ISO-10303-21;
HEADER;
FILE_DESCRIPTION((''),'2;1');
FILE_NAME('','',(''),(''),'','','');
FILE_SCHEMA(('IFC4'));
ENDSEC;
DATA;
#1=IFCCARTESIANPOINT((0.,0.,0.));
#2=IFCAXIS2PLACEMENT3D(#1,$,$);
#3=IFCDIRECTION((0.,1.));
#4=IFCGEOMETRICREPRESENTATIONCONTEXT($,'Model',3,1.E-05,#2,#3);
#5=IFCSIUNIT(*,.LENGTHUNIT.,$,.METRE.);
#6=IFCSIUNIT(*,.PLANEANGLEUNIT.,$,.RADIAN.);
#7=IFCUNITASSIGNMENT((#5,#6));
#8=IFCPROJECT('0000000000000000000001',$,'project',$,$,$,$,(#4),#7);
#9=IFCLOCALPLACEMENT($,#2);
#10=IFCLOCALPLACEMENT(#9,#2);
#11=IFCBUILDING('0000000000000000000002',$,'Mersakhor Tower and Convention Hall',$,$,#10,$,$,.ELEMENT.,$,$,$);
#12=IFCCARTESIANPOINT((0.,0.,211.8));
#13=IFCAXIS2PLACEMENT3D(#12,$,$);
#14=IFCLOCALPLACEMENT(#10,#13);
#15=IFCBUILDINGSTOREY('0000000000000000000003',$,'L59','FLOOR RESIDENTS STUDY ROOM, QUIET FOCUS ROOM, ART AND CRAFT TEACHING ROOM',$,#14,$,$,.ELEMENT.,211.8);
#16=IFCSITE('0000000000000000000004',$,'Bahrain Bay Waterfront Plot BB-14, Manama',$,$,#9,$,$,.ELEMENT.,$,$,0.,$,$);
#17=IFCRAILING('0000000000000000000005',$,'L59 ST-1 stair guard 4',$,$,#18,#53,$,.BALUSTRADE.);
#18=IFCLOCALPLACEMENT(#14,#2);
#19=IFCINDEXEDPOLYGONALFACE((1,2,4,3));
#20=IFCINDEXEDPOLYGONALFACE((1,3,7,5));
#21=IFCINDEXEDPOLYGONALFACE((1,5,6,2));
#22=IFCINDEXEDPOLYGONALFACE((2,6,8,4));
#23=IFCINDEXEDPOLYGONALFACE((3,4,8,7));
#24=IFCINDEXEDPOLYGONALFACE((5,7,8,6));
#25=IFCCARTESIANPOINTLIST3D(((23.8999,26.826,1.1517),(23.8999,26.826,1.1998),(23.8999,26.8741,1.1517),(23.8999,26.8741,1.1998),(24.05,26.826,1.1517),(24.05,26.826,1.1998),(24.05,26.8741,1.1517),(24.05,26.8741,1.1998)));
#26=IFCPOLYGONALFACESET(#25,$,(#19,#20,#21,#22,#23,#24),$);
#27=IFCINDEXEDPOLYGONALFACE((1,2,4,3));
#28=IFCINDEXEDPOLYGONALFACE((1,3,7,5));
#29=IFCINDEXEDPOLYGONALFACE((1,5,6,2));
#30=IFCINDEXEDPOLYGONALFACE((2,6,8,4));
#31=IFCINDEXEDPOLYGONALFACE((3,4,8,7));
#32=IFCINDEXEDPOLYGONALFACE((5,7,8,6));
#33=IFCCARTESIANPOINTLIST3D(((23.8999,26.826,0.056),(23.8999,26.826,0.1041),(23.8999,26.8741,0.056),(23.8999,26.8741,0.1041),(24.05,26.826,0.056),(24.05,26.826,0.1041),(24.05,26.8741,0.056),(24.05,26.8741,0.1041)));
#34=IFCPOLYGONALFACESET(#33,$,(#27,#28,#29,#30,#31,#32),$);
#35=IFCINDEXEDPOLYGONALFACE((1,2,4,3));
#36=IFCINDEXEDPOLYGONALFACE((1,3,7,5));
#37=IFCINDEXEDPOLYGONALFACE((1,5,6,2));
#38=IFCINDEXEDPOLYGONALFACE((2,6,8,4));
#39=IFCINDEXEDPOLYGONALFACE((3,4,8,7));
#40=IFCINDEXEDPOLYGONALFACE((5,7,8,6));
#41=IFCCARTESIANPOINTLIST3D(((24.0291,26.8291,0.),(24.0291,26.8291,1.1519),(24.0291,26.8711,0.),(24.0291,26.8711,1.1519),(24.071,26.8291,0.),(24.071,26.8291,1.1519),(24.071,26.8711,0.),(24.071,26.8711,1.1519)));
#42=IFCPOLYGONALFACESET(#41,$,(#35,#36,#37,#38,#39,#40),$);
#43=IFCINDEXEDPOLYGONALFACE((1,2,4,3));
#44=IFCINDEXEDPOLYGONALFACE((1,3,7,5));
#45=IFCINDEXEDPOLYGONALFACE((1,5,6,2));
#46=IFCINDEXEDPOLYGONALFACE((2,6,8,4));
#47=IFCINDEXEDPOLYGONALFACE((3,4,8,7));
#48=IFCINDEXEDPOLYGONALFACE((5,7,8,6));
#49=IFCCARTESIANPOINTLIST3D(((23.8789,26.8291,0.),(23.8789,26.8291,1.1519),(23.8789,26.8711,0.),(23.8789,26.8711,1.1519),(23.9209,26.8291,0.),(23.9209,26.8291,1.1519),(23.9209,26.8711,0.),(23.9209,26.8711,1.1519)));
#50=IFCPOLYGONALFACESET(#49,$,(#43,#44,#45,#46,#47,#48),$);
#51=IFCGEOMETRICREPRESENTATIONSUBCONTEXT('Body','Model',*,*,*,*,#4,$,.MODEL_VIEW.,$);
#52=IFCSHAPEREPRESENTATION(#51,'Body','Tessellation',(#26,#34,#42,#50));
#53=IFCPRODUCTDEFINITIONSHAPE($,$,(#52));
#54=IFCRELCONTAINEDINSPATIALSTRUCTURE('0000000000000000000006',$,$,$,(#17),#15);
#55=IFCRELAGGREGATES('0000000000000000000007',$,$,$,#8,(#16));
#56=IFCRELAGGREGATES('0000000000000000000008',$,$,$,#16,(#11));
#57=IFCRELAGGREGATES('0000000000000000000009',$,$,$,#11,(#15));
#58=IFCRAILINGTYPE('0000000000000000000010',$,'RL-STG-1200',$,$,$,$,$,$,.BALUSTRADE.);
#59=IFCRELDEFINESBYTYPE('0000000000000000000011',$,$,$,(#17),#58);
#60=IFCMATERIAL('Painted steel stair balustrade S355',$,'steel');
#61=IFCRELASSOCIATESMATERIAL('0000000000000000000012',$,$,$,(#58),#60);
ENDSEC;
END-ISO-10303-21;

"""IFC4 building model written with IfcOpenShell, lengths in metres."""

from ifc_helpers import new_model, si_unit, direction, frame, origin, origin_2d, place, context, subcontext, project, spatial, rectangle, extrude, material, type_object, element, save


model = new_model("IFC4")

# Units and contexts
model_context = context("Model", 3, precision=1e-05, world=origin(), true_north=direction((0.0, 1.0)))
body_context = subcontext(model_context, "Body", "Model", "MODEL_VIEW")
ifc_project = project(units=[si_unit("LENGTHUNIT", "METRE"), si_unit("PLANEANGLEUNIT", "RADIAN")], contexts=[model_context])

# Site, building, storey
site_placement = place(None, origin())
site = spatial("IfcSite", under=ifc_project, at=site_placement, Name="Bahrain Bay Waterfront Plot BB-14, Manama", CompositionType="ELEMENT", RefElevation=0.0)
building_placement = place(site_placement, origin())
building = spatial("IfcBuilding", under=site, at=building_placement, Name="Mersakhor Tower and Convention Hall", CompositionType="ELEMENT")
storey_placement = place(building_placement, frame((0.0, 0.0, 211.8)))
storey = spatial("IfcBuildingStorey", under=building, at=storey_placement, Name="L59", Description="FLOOR RESIDENTS STUDY ROOM, QUIET FOCUS ROOM, ART AND CRAFT TEACHING ROOM", CompositionType="ELEMENT", Elevation=211.8)

# Railing
ifc_material_1 = material(Name="Painted steel stair balustrade S355", Category="steel")
railing_type_1 = type_object("IfcRailingType", Name="RL-STG-1200", PredefinedType="BALUSTRADE", material=ifc_material_1)
railing_1_placement = place(storey_placement, frame((24.05, 26.8501, 0.0)))
element("IfcRailing", 1, at=railing_1_placement, inside=storey, type_object=railing_type_1, Name="L59 ST-1 stair guard 4", PredefinedType="BALUSTRADE", context=body_context, shape_type="SweptSolid", body=[
    extrude(rectangle(XDim=0.0481, YDim=0.0481, at=origin_2d()), frame((0.0, 0.0, 1.1758), z_axis=(-1.0, 0.0, 0.0), x_axis=(0.0, -1.0, 0.0)), (0.0, 0.0, 1.0), 0.1501),
    extrude(rectangle(XDim=0.0481, YDim=0.0481, at=origin_2d()), frame((0.0, 0.0, 0.0801), z_axis=(-1.0, 0.0, 0.0), x_axis=(0.0, -1.0, 0.0)), (0.0, 0.0, 1.0), 0.1501),
    extrude(rectangle(XDim=0.042, YDim=0.042, at=origin_2d()), origin(), (0.0, 0.0, 1.0), 1.1519),
    extrude(rectangle(XDim=0.042, YDim=0.042, at=origin_2d()), frame((-0.1501, 0.0, 0.0)), (0.0, 0.0, 1.0), 1.1519),
])

save(model, "model.ifc")
